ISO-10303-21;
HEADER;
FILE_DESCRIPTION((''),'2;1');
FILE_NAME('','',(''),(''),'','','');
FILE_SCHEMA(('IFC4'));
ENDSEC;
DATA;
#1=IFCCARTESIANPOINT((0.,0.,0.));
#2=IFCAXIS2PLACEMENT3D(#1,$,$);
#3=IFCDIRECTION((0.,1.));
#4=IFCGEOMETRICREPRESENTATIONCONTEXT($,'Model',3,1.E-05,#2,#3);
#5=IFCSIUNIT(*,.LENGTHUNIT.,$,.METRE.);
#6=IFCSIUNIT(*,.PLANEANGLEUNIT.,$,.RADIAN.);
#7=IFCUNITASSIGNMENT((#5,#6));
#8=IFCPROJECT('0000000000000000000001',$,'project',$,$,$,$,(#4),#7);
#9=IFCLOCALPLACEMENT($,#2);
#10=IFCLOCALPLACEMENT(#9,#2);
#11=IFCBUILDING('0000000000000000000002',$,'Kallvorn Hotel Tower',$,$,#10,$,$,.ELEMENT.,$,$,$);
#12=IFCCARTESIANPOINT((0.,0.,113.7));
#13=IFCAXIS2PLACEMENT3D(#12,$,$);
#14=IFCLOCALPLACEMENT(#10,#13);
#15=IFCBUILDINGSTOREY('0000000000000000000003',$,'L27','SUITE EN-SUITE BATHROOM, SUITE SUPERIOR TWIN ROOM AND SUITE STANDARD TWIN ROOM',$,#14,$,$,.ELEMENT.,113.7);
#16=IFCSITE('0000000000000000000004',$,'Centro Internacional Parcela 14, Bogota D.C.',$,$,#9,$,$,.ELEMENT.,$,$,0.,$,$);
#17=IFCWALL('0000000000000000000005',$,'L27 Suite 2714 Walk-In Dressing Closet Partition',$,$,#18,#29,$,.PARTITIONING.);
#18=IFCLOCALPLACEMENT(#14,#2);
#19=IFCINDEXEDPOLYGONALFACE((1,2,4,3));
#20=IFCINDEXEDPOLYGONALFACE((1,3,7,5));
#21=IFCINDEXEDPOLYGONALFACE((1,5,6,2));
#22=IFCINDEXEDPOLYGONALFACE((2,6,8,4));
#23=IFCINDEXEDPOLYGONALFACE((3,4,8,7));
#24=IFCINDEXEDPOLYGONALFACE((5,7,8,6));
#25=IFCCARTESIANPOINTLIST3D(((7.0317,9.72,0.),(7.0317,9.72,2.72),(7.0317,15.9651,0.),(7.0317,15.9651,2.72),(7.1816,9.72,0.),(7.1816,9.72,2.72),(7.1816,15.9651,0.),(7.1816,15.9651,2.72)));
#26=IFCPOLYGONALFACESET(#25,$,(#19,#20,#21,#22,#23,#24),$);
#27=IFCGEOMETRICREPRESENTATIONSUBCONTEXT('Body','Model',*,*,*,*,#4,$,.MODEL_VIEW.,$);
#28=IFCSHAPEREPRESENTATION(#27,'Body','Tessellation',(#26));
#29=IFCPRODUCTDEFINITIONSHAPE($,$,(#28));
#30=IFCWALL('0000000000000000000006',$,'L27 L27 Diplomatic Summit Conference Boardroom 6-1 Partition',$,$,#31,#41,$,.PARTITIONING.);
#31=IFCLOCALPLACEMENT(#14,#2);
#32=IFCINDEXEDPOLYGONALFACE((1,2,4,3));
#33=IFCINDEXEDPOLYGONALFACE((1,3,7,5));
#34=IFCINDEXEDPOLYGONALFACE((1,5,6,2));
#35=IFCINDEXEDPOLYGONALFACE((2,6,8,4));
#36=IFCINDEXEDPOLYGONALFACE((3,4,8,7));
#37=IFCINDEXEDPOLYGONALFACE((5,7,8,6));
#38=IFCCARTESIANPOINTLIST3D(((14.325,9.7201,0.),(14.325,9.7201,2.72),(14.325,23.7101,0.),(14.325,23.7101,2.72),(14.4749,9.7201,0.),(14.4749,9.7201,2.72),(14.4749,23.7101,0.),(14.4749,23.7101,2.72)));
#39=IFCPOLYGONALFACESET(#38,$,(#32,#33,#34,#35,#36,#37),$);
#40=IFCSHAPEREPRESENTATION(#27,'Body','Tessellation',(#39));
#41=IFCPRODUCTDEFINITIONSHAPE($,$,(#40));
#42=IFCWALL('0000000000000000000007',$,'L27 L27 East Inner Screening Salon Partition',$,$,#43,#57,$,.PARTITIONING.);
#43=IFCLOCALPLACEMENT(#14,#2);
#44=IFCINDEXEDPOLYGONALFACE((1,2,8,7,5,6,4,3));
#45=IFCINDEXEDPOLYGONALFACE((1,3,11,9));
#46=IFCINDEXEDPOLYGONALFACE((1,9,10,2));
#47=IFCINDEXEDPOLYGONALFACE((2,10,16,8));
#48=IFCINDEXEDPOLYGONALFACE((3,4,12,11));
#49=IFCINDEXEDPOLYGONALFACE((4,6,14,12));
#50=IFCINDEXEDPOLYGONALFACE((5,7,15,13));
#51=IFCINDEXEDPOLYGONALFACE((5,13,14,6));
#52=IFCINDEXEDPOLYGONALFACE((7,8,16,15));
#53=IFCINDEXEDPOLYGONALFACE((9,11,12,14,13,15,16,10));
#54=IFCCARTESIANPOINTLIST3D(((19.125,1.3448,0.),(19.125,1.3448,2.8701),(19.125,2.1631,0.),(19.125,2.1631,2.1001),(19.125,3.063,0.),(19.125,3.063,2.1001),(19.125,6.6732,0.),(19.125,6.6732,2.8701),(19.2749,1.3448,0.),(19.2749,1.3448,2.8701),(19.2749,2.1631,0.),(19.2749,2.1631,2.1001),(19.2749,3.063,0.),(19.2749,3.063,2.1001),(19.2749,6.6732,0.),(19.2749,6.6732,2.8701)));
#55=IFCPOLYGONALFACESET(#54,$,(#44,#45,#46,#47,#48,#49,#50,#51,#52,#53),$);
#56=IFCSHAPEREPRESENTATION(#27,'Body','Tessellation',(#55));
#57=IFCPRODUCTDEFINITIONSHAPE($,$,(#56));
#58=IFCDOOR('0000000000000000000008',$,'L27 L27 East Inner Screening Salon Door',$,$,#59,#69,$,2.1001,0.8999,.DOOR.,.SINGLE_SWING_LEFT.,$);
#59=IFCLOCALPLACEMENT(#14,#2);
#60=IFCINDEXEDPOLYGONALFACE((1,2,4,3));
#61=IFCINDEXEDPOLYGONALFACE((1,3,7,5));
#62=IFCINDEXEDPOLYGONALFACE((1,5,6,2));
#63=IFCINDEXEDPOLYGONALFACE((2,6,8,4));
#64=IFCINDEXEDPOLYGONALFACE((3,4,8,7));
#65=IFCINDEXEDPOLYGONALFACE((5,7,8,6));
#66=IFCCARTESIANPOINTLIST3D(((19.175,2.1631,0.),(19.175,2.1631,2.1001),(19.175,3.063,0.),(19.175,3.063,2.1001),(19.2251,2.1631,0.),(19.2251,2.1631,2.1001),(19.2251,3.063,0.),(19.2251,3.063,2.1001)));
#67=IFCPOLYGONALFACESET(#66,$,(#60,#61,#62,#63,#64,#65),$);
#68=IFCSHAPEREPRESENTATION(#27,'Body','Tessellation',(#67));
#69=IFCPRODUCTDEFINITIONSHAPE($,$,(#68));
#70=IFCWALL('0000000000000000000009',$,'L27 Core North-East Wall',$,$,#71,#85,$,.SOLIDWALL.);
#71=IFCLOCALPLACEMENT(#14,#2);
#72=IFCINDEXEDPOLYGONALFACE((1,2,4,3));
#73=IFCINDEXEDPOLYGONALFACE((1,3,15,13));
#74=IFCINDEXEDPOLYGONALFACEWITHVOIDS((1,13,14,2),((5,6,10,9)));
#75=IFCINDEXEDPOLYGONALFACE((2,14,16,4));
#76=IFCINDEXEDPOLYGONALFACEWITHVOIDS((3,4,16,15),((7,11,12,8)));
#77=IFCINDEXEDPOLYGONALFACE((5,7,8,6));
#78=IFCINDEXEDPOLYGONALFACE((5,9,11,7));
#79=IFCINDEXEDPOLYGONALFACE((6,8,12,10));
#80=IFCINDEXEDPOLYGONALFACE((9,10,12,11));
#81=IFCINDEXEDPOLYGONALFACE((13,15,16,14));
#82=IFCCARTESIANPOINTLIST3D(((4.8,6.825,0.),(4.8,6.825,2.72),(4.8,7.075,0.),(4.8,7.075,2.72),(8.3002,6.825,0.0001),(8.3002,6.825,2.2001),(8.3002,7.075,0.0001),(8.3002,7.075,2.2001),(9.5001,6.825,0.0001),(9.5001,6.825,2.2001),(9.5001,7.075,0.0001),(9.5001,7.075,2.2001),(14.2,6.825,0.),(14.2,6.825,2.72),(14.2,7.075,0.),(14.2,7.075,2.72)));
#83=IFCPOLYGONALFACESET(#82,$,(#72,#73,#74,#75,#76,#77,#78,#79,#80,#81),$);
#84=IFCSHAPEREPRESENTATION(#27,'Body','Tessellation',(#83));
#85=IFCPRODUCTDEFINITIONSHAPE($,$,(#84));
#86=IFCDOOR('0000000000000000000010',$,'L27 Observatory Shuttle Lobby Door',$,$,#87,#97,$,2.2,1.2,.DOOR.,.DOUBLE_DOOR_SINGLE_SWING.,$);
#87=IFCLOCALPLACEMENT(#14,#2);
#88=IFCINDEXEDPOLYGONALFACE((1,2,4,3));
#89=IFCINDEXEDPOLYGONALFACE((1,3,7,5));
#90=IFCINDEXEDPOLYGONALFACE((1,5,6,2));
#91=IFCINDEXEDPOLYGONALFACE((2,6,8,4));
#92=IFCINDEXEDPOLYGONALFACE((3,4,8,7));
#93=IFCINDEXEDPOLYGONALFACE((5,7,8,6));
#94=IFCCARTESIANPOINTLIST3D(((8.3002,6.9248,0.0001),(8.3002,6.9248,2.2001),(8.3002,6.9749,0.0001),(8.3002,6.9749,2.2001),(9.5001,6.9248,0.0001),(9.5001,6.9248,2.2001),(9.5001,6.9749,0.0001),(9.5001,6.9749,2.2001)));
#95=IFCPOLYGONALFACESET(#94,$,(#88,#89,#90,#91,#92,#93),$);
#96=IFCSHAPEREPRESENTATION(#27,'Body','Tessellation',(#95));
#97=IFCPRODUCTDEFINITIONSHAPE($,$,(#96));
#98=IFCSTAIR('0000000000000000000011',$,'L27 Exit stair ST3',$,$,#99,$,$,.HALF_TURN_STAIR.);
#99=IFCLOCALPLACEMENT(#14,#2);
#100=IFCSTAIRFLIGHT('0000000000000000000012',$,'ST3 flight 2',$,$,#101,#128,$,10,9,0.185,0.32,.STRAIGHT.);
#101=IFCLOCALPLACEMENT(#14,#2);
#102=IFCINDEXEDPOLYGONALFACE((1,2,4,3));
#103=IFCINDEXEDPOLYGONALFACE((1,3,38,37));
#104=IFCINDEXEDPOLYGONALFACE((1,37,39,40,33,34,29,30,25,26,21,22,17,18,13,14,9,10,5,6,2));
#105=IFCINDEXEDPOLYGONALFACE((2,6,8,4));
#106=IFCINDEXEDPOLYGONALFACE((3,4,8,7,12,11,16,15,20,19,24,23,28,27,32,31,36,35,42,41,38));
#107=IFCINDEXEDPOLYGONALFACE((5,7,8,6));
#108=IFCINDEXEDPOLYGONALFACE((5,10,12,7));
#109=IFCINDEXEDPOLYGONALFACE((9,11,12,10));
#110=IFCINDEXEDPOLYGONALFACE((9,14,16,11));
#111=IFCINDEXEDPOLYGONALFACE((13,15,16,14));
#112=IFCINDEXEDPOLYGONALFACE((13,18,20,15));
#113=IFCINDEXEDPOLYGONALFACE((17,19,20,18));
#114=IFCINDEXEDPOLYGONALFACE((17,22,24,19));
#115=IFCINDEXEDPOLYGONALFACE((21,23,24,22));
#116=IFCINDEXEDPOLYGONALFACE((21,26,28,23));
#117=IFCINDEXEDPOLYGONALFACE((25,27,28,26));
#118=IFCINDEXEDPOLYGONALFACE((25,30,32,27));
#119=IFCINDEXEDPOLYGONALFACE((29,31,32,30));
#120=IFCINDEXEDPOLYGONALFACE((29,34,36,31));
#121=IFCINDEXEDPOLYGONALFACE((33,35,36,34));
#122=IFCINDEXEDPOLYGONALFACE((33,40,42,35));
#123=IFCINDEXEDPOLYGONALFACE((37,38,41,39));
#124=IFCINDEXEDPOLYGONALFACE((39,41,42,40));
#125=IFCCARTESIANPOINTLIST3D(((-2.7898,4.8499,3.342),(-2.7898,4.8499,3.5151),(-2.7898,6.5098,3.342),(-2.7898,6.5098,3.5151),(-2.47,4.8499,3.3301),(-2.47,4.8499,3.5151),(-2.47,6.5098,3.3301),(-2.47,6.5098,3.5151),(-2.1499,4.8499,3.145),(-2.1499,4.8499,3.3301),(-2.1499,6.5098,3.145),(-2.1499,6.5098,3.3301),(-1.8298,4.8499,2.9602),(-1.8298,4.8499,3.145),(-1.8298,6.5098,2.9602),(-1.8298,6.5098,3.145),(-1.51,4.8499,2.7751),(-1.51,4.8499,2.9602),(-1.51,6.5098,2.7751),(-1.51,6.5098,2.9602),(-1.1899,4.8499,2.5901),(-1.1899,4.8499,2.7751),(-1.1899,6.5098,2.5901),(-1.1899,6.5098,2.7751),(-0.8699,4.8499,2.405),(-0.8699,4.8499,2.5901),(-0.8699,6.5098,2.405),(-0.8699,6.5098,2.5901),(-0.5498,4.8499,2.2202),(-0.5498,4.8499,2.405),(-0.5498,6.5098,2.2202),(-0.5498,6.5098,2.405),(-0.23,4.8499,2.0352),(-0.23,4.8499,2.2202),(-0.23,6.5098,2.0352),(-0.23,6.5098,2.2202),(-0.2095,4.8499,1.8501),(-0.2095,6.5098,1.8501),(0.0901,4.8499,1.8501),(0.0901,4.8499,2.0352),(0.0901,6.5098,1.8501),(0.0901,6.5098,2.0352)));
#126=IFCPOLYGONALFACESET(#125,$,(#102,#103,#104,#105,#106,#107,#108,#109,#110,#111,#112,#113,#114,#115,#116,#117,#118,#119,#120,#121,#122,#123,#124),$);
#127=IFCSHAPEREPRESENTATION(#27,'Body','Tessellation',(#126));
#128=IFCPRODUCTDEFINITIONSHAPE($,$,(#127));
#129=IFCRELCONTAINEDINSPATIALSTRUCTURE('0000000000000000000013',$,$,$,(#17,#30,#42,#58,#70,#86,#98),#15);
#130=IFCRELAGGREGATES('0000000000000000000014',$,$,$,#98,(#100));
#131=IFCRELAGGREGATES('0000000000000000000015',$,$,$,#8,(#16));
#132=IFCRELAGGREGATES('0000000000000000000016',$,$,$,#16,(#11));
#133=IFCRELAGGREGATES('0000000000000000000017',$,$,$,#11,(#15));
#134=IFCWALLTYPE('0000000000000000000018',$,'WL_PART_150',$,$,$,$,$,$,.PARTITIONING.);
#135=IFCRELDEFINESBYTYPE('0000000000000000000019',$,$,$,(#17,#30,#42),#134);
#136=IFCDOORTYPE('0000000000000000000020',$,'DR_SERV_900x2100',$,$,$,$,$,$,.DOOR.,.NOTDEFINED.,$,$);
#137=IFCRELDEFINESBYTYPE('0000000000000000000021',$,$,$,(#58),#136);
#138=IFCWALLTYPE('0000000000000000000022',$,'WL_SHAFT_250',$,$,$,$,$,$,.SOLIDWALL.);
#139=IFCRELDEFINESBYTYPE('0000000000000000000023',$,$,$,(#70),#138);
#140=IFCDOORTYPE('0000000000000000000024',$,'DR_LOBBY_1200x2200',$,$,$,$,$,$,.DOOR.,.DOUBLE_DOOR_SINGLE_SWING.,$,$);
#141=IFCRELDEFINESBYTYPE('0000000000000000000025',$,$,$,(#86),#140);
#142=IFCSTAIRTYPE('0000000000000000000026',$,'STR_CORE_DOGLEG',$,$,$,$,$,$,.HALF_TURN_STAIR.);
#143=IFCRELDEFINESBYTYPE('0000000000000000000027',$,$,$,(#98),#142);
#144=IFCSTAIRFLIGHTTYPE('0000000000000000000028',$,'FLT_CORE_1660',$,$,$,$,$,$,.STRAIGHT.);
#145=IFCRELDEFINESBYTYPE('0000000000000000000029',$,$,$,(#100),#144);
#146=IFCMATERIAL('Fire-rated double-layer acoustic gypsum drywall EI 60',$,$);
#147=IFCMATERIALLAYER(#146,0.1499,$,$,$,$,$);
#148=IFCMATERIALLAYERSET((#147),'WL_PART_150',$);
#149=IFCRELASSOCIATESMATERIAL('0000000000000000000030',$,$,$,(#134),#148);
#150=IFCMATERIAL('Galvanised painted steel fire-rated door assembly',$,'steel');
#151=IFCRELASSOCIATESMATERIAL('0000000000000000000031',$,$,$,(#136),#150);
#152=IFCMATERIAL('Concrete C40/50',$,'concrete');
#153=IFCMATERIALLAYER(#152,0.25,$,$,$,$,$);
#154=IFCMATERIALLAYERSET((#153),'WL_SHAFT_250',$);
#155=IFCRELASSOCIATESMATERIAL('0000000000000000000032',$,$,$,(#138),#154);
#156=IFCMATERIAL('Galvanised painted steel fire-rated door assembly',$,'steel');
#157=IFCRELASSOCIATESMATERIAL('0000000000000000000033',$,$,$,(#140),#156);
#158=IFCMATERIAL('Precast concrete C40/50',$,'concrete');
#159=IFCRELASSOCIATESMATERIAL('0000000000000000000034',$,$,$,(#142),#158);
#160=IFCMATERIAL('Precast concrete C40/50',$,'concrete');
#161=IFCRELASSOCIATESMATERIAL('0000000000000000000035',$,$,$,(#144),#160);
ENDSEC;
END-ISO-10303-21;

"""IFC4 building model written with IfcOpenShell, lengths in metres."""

from ifc_helpers import new_model, si_unit, direction, frame, frame_2d, origin, place, context, subcontext, project, spatial, polyline, rectangle, outline, extrude, material, layer, layer_set, type_object, element, fill, aggregate, save


model = new_model("IFC4")

# Units and contexts
model_context = context("Model", 3, precision=1e-05, world=origin(), true_north=direction((0.0, 1.0)))
body_context = subcontext(model_context, "Body", "Model", "MODEL_VIEW")
ifc_project = project(units=[si_unit("LENGTHUNIT", "METRE"), si_unit("PLANEANGLEUNIT", "RADIAN")], contexts=[model_context])

# Site, building, storey
site_placement = place(None, origin())
site = spatial("IfcSite", under=ifc_project, at=site_placement, Name="Centro Internacional Parcela 14, Bogota D.C.", CompositionType="ELEMENT", RefElevation=0.0)
building_placement = place(site_placement, origin())
building = spatial("IfcBuilding", under=site, at=building_placement, Name="Kallvorn Hotel Tower", CompositionType="ELEMENT")
storey_placement = place(building_placement, frame((0.0, 0.0, 113.7)))
storey = spatial("IfcBuildingStorey", under=building, at=storey_placement, Name="L27", Description="SUITE EN-SUITE BATHROOM, SUITE SUPERIOR TWIN ROOM AND SUITE STANDARD TWIN ROOM", CompositionType="ELEMENT", Elevation=113.7)

# Walls
ifc_material_1 = material(Name="Fire-rated double-layer acoustic gypsum drywall EI 60")
ifc_layer_1 = layer(ifc_material_1, 0.1499)
ifc_layer_set_1 = layer_set([ifc_layer_1], Name="WL_PART_150")
wall_type_1 = type_object("IfcWallType", Name="WL_PART_150", PredefinedType="PARTITIONING", material=ifc_layer_set_1)
wall_1_placement = place(storey_placement, frame((7.1067, 9.72, 0.0), z_axis=(0.0, 0.0, 1.0), x_axis=(0.0, 1.0, 0.0)))
element("IfcWall", 1, at=wall_1_placement, inside=storey, type_object=wall_type_1, Name="L27 Suite 2714 Walk-In Dressing Closet Partition", PredefinedType="PARTITIONING", context=body_context, shape_type="SweptSolid", body=[
    extrude(rectangle(XDim=6.2451, YDim=0.1499, at=frame_2d((3.1226, 0.0))), origin(), (0.0, 0.0, 1.0), 2.72),
])
wall_2_placement = place(storey_placement, frame((14.3999, 9.72, 0.0), z_axis=(0.0, 0.0, 1.0), x_axis=(0.0, 1.0, 0.0)))
element("IfcWall", 2, at=wall_2_placement, inside=storey, type_object=wall_type_1, Name="L27 L27 Diplomatic Summit Conference Boardroom 6-1 Partition", PredefinedType="PARTITIONING", context=body_context, shape_type="SweptSolid", body=[
    extrude(rectangle(XDim=13.99, YDim=0.1499, at=frame_2d((6.9951, 0.0))), origin(), (0.0, 0.0, 1.0), 2.72),
])

# Walls, openings, doors
wall_3_placement = place(storey_placement, frame((19.2, 1.345, 0.0), z_axis=(0.0, 0.0, 1.0), x_axis=(0.0, 1.0, 0.0)))
wall_3 = element("IfcWall", 3, at=wall_3_placement, inside=storey, type_object=wall_type_1, Name="L27 L27 East Inner Screening Salon Partition", PredefinedType="PARTITIONING", context=body_context, shape_type="SweptSolid", body=[
    extrude(rectangle(XDim=5.3284, YDim=0.1499, at=frame_2d((2.6641, 0.0))), origin(), (0.0, 0.0, 1.0), 2.8701),
])
opening_1_placement = place(wall_3_placement, frame((0.8181, 0.0, 0.0)))
opening_1 = element("IfcOpeningElement", 4, at=opening_1_placement, cuts=wall_3, PredefinedType="OPENING", context=body_context, shape_type="SweptSolid", body=[
    extrude(rectangle(XDim=0.8999, YDim=2.1001, at=frame_2d((0.45, 1.05))), frame((0.0, 0.0898, 0.0), z_axis=(0.0, -1.0, 0.0), x_axis=(1.0, 0.0, 0.0)), (0.0, 0.0, 1.0), 0.1799),
])
ifc_material_2 = material(Name="Galvanised painted steel fire-rated door assembly", Category="steel")
door_type_1 = type_object("IfcDoorType", Name="DR_SERV_900x2100", OperationType="NOTDEFINED", PredefinedType="DOOR", material=ifc_material_2)
door_1_placement = place(opening_1_placement, origin())
door_1 = element("IfcDoor", 5, at=door_1_placement, inside=storey, type_object=door_type_1, Name="L27 L27 East Inner Screening Salon Door", OperationType="SINGLE_SWING_LEFT", OverallHeight=2.1001, OverallWidth=0.8999, PredefinedType="DOOR", context=body_context, shape_type="SweptSolid", body=[
    extrude(rectangle(XDim=0.8999, YDim=2.1001, at=frame_2d((0.45, 1.05))), frame((0.0, 0.0249, 0.0), z_axis=(0.0, -1.0, 0.0), x_axis=(1.0, 0.0, 0.0)), (0.0, 0.0, 1.0), 0.05),
])
fill(opening_1, door_1)
ifc_material_3 = material(Name="Concrete C40/50", Category="concrete")
ifc_layer_2 = layer(ifc_material_3, 0.25)
ifc_layer_set_2 = layer_set([ifc_layer_2], Name="WL_SHAFT_250")
wall_type_2 = type_object("IfcWallType", Name="WL_SHAFT_250", PredefinedType="SOLIDWALL", material=ifc_layer_set_2)
wall_4_placement = place(storey_placement, frame((4.8, 6.95, 0.0), z_axis=(0.0, 0.0, 1.0), x_axis=(1.0, 0.0, 0.0)))
wall_4 = element("IfcWall", 6, at=wall_4_placement, inside=storey, type_object=wall_type_2, Name="L27 Core North-East Wall", PredefinedType="SOLIDWALL", context=body_context, shape_type="SweptSolid", body=[
    extrude(rectangle(XDim=9.3999, YDim=0.25, at=frame_2d((4.7, 0.0))), origin(), (0.0, 0.0, 1.0), 2.72),
])
opening_2_placement = place(wall_4_placement, frame((3.5, 0.0, 0.0)))
opening_2 = element("IfcOpeningElement", 7, at=opening_2_placement, cuts=wall_4, PredefinedType="OPENING", context=body_context, shape_type="SweptSolid", body=[
    extrude(rectangle(XDim=1.2, YDim=2.2, at=frame_2d((0.6001, 1.1001))), frame((0.0, 0.1399, 0.0), z_axis=(0.0, -1.0, 0.0), x_axis=(1.0, 0.0, 0.0)), (0.0, 0.0, 1.0), 0.28),
])
ifc_material_4 = material(Name="Galvanised painted steel fire-rated door assembly", Category="steel")
door_type_2 = type_object("IfcDoorType", Name="DR_LOBBY_1200x2200", OperationType="DOUBLE_DOOR_SINGLE_SWING", PredefinedType="DOOR", material=ifc_material_4)
door_2_placement = place(opening_2_placement, origin())
door_2 = element("IfcDoor", 8, at=door_2_placement, inside=storey, type_object=door_type_2, Name="L27 Observatory Shuttle Lobby Door", OperationType="DOUBLE_DOOR_SINGLE_SWING", OverallHeight=2.2, OverallWidth=1.2, PredefinedType="DOOR", context=body_context, shape_type="SweptSolid", body=[
    extrude(rectangle(XDim=1.2, YDim=2.2, at=frame_2d((0.6001, 1.1001))), frame((0.0, 0.0249, 0.0), z_axis=(0.0, -1.0, 0.0), x_axis=(1.0, 0.0, 0.0)), (0.0, 0.0, 1.0), 0.05),
])
fill(opening_2, door_2)

# Stair, stair flight
ifc_material_5 = material(Name="Precast concrete C40/50", Category="concrete")
stair_type = type_object("IfcStairType", Name="STR_CORE_DOGLEG", PredefinedType="HALF_TURN_STAIR", material=ifc_material_5)
stair_placement = place(storey_placement, origin())
stair = element("IfcStair", 9, at=stair_placement, inside=storey, type_object=stair_type, Name="L27 Exit stair ST3", PredefinedType="HALF_TURN_STAIR")
ifc_material_6 = material(Name="Precast concrete C40/50", Category="concrete")
stair_flight_type = type_object("IfcStairFlightType", Name="FLT_CORE_1660", PredefinedType="STRAIGHT", material=ifc_material_6)
stair_flight_placement = place(storey_placement, frame((0.0901, 5.6799, 1.8501), z_axis=(0.0, 0.0, 1.0), x_axis=(-1.0, 0.0, 0.0)))
stair_flight = element("IfcStairFlight", 10, at=stair_flight_placement, type_object=stair_flight_type, Name="ST3 flight 2", NumberOfRisers=10, NumberOfTreads=9, PredefinedType="STRAIGHT", RiserHeight=0.185, TreadLength=0.32, context=body_context, shape_type="SweptSolid", body=[
    extrude(outline(polyline([(0.0, 0.0), (0.0, 0.1851), (0.3201, 0.1851), (0.3201, 0.3701), (0.6399, 0.3701), (0.6399, 0.5549), (0.96, 0.5549), (0.96, 0.74), (1.28, 0.74), (1.28, 0.925), (1.6001, 0.925), (1.6001, 1.1101), (1.9199, 1.1101), (1.9199, 1.2949), (2.24, 1.2949), (2.24, 1.48), (2.5601, 1.48), (2.5601, 1.665), (2.8799, 1.665), (2.8799, 1.8501), (2.8799, 1.4919), (0.2996, 0.0), (0.0, 0.0)])), frame((0.0, 0.8301, 0.0), z_axis=(0.0, -1.0, 0.0), x_axis=(1.0, 0.0, 0.0)), (0.0, 0.0, 1.0), 1.6599),
])
aggregate(stair, [stair_flight])

save(model, "model.ifc")
